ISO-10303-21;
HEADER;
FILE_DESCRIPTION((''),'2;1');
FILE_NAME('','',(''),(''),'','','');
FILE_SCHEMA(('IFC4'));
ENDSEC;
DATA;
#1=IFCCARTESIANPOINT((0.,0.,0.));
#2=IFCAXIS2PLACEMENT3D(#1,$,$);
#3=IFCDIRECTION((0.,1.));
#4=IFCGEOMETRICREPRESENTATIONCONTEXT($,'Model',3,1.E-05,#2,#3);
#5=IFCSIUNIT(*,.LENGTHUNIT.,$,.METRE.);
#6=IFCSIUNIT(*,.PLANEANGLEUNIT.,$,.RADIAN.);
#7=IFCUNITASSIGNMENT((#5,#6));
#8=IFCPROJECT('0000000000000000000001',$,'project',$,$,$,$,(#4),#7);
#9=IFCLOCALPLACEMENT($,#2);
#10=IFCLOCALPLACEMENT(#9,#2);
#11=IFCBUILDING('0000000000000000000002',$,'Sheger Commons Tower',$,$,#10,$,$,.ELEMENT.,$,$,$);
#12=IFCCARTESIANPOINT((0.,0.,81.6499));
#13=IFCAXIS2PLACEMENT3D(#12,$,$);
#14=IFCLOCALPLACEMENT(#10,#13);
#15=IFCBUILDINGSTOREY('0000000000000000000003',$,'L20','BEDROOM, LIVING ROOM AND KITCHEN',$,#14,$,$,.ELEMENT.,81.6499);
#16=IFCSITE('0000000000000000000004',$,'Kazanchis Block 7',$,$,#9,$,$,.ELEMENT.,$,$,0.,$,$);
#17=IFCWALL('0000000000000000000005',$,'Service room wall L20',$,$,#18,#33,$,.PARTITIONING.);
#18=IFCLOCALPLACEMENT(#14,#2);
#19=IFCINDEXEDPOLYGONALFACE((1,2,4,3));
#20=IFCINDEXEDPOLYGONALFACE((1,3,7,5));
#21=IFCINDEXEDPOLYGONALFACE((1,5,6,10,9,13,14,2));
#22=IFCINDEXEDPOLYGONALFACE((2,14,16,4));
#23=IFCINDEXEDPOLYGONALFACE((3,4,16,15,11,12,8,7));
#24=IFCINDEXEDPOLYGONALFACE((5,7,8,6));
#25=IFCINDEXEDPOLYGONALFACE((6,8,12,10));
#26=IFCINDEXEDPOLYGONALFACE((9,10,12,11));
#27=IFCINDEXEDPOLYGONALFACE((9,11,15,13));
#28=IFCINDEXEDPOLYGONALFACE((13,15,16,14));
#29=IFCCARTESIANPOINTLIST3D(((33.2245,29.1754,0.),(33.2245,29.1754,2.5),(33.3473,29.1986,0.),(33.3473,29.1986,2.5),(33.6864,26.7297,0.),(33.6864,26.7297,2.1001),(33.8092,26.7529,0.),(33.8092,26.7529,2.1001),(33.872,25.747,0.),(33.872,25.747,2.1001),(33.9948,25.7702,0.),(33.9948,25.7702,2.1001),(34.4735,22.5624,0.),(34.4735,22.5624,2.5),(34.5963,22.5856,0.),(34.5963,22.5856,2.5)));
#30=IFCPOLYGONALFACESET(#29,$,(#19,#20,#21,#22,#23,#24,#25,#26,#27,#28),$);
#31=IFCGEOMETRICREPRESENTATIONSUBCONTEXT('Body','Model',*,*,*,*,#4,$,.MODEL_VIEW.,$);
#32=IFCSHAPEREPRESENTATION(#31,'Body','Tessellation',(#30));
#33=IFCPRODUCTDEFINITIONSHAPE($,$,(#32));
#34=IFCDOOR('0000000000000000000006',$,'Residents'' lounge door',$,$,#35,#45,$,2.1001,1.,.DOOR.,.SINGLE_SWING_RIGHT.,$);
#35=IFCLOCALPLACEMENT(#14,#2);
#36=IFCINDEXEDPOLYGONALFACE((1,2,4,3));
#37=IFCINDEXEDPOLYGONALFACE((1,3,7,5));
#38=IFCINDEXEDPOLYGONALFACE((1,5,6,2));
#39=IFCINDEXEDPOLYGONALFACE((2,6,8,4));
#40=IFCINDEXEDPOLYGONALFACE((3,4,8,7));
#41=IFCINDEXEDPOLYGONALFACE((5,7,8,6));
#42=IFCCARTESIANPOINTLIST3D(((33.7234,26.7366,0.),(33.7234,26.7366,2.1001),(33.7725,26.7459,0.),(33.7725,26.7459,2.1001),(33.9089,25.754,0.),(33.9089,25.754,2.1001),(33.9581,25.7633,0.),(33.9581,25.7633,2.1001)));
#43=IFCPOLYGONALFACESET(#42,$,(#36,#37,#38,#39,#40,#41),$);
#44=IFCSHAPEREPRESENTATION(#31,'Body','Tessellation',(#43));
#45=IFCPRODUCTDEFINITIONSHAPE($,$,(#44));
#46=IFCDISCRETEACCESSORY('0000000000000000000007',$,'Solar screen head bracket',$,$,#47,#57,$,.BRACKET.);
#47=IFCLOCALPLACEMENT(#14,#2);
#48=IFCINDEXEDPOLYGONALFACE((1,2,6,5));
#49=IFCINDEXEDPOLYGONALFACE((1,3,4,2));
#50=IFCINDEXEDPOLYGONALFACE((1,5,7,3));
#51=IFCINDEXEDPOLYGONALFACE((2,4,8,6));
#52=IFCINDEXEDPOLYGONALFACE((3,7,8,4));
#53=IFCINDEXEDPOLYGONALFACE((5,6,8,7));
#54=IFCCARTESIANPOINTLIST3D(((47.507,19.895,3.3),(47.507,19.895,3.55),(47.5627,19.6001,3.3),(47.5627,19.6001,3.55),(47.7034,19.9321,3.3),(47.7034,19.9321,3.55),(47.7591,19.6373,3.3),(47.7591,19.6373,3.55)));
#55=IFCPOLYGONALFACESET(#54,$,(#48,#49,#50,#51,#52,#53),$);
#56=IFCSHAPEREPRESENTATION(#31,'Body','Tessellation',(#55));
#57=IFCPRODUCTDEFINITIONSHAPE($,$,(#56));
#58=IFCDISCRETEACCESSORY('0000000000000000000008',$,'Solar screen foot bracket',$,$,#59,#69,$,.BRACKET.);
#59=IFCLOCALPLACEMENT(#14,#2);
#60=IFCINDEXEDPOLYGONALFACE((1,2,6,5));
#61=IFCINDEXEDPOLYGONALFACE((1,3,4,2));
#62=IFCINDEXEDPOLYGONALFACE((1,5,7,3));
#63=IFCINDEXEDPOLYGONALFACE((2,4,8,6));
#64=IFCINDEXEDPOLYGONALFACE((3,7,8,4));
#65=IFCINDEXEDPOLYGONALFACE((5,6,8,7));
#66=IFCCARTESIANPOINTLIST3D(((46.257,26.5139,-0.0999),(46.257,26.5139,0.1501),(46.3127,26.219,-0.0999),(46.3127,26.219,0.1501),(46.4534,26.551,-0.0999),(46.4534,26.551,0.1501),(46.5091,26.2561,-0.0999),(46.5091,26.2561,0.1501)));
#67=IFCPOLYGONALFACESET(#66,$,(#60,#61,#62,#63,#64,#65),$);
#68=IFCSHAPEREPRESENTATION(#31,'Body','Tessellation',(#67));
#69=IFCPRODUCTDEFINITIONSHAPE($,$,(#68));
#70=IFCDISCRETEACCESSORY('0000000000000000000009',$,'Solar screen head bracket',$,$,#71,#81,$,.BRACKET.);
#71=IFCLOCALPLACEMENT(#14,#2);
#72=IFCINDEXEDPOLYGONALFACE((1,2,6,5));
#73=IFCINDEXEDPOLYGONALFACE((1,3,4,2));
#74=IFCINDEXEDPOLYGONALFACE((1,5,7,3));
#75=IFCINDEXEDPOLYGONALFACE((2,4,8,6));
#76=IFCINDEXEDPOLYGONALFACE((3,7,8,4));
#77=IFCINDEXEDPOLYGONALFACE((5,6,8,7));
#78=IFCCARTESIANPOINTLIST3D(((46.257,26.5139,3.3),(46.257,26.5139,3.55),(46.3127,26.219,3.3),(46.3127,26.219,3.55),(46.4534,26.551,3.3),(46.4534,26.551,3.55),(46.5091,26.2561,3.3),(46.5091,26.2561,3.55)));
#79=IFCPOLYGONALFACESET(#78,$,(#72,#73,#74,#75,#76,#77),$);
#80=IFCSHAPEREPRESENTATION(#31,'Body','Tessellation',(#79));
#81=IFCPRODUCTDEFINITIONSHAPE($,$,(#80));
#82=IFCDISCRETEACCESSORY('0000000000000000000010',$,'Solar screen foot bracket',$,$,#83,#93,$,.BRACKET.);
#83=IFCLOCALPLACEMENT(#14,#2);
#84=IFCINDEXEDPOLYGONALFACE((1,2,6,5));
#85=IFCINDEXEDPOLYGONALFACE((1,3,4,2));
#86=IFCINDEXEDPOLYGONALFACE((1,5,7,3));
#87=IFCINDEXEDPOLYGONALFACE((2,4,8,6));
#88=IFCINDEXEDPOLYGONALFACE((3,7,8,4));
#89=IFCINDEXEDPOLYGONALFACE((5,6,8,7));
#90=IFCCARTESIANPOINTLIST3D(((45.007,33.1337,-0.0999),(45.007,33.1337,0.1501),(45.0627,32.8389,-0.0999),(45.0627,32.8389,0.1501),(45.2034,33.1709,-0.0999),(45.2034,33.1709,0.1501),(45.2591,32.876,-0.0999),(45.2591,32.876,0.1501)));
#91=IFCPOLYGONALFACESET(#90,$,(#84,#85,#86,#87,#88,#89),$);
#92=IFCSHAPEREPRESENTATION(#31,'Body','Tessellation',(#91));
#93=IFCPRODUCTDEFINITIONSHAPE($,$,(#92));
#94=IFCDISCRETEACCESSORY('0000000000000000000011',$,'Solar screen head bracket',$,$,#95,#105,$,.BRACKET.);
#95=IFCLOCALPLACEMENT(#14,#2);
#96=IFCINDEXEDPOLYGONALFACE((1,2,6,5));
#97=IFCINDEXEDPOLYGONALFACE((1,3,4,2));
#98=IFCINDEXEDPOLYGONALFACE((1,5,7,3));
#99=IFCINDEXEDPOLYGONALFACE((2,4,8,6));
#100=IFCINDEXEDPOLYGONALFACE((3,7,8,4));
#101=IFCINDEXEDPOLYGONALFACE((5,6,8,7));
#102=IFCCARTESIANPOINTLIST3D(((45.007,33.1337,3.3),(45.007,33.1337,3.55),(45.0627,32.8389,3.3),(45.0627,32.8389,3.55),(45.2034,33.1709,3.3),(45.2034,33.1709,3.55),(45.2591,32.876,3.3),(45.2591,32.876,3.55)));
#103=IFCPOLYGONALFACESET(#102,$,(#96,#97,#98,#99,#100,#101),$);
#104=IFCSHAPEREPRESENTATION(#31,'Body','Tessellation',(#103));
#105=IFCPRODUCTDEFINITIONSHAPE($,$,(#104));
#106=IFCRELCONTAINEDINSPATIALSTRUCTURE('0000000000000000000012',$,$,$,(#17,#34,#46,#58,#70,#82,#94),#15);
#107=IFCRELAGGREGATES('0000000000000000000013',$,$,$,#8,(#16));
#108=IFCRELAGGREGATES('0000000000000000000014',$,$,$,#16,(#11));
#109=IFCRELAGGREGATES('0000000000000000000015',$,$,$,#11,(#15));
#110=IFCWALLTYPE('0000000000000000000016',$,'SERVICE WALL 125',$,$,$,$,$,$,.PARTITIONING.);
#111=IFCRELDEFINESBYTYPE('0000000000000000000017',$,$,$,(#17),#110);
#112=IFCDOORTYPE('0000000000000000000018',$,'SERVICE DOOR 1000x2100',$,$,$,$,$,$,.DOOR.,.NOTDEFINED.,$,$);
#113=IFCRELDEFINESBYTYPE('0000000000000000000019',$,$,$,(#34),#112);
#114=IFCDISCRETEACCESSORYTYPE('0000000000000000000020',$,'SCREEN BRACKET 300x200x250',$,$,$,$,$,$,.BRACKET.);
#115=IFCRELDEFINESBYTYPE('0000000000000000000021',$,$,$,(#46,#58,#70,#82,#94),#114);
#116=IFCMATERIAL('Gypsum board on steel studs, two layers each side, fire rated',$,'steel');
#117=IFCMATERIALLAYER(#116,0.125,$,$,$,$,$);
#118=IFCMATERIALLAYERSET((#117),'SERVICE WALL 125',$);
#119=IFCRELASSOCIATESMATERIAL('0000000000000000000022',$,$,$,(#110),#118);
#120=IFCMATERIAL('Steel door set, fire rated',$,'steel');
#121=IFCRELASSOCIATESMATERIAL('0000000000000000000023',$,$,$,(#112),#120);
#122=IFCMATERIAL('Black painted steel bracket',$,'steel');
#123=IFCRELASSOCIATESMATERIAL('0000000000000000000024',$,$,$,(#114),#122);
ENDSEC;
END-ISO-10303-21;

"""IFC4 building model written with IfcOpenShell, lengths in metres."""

from ifc_helpers import new_model, si_unit, direction, frame, frame_2d, origin, origin_2d, place, context, subcontext, project, spatial, rectangle, extrude, material, layer, layer_set, type_object, element, fill, save


model = new_model("IFC4")

# Units and contexts
model_context = context("Model", 3, precision=1e-05, world=origin(), true_north=direction((0.0, 1.0)))
body_context = subcontext(model_context, "Body", "Model", "MODEL_VIEW")
ifc_project = project(units=[si_unit("LENGTHUNIT", "METRE"), si_unit("PLANEANGLEUNIT", "RADIAN")], contexts=[model_context])

# Site, building, storey
site_placement = place(None, origin())
site = spatial("IfcSite", under=ifc_project, at=site_placement, Name="Kazanchis Block 7", CompositionType="ELEMENT", RefElevation=0.0)
building_placement = place(site_placement, origin())
building = spatial("IfcBuilding", under=site, at=building_placement, Name="Sheger Commons Tower", CompositionType="ELEMENT")
storey_placement = place(building_placement, frame((0.0, 0.0, 81.6499)))
storey = spatial("IfcBuildingStorey", under=building, at=storey_placement, Name="L20", Description="BEDROOM, LIVING ROOM AND KITCHEN", CompositionType="ELEMENT", Elevation=81.6499)

# Wall, opening, door
ifc_material_1 = material(Name="Gypsum board on steel studs, two layers each side, fire rated", Category="steel")
ifc_layer_1 = layer(ifc_material_1, 0.125)
ifc_layer_set_1 = layer_set([ifc_layer_1], Name="SERVICE WALL 125")
wall_type_1 = type_object("IfcWallType", Name="SERVICE WALL 125", PredefinedType="PARTITIONING", material=ifc_layer_set_1)
wall_1_placement = place(storey_placement, frame((34.5349, 22.574, 0.0), z_axis=(0.0, 0.0, 1.0), x_axis=(-0.185592, 0.982627, 0.0)))
wall_1 = element("IfcWall", 1, at=wall_1_placement, inside=storey, type_object=wall_type_1, Name="Service room wall L20", PredefinedType="PARTITIONING", context=body_context, shape_type="SweptSolid", body=[
    extrude(rectangle(XDim=6.73, YDim=0.125, at=frame_2d((3.365, 0.0))), origin(), (0.0, 0.0, 1.0), 2.5),
])
opening_1_placement = place(wall_1_placement, frame((3.241, 0.0, 0.0)))
opening_1 = element("IfcOpeningElement", 2, at=opening_1_placement, cuts=wall_1, PredefinedType="OPENING", context=body_context, shape_type="SweptSolid", body=[
    extrude(rectangle(XDim=1.0, YDim=2.1001, at=frame_2d((0.5, 1.05))), frame((0.0, 0.0725, 0.0), z_axis=(0.0, -1.0, 0.0), x_axis=(1.0, 0.0, 0.0)), (0.0, 0.0, 1.0), 0.145),
])
ifc_material_2 = material(Name="Steel door set, fire rated", Category="steel")
door_type_1 = type_object("IfcDoorType", Name="SERVICE DOOR 1000x2100", OperationType="NOTDEFINED", PredefinedType="DOOR", material=ifc_material_2)
door_1_placement = place(opening_1_placement, origin())
door_1 = element("IfcDoor", 3, at=door_1_placement, inside=storey, type_object=door_type_1, Name="Residents' lounge door", OperationType="SINGLE_SWING_RIGHT", OverallHeight=2.1001, OverallWidth=1.0, PredefinedType="DOOR", context=body_context, shape_type="SweptSolid", body=[
    extrude(rectangle(XDim=1.0, YDim=2.1001, at=frame_2d((0.5, 1.05))), frame((0.0, 0.0249, 0.0), z_axis=(0.0, -1.0, 0.0), x_axis=(1.0, 0.0, 0.0)), (0.0, 0.0, 1.0), 0.05),
])
fill(opening_1, door_1)

# Discrete accessories
ifc_material_3 = material(Name="Black painted steel bracket", Category="steel")
discrete_accessory_type = type_object("IfcDiscreteAccessoryType", Name="SCREEN BRACKET 300x200x250", PredefinedType="BRACKET", material=ifc_material_3)
for number, where, z_axis, x_axis, name in (
    (4, (47.6331, 19.7661, 3.3), (0.0, 0.0, 1.0), (-0.185615, 0.982623, 0.0), "Solar screen head bracket"),
    (5, (46.3831, 26.385, -0.0999), (0.0, 0.0, 1.0), (-0.185615, 0.982623, 0.0), "Solar screen foot bracket"),
    (6, (46.3831, 26.385, 3.3), (0.0, 0.0, 1.0), (-0.185615, 0.982623, 0.0), "Solar screen head bracket"),
    (7, (45.1331, 33.0049, -0.0999), (0.0, 0.0, 1.0), (-0.185615, 0.982623, 0.0), "Solar screen foot bracket"),
    (8, (45.1331, 33.0049, 3.3), (0.0, 0.0, 1.0), (-0.185615, 0.982623, 0.0), "Solar screen head bracket"),
):
    element("IfcDiscreteAccessory", number, at=place(storey_placement, frame(where, z_axis=z_axis, x_axis=x_axis)), inside=storey, type_object=discrete_accessory_type, Name=name, PredefinedType="BRACKET", context=body_context, shape_type="SweptSolid", body=[
        extrude(rectangle(XDim=0.3, YDim=0.2, at=origin_2d()), origin(), (0.0, 0.0, 1.0), 0.25),
    ])

save(model, "model.ifc")
